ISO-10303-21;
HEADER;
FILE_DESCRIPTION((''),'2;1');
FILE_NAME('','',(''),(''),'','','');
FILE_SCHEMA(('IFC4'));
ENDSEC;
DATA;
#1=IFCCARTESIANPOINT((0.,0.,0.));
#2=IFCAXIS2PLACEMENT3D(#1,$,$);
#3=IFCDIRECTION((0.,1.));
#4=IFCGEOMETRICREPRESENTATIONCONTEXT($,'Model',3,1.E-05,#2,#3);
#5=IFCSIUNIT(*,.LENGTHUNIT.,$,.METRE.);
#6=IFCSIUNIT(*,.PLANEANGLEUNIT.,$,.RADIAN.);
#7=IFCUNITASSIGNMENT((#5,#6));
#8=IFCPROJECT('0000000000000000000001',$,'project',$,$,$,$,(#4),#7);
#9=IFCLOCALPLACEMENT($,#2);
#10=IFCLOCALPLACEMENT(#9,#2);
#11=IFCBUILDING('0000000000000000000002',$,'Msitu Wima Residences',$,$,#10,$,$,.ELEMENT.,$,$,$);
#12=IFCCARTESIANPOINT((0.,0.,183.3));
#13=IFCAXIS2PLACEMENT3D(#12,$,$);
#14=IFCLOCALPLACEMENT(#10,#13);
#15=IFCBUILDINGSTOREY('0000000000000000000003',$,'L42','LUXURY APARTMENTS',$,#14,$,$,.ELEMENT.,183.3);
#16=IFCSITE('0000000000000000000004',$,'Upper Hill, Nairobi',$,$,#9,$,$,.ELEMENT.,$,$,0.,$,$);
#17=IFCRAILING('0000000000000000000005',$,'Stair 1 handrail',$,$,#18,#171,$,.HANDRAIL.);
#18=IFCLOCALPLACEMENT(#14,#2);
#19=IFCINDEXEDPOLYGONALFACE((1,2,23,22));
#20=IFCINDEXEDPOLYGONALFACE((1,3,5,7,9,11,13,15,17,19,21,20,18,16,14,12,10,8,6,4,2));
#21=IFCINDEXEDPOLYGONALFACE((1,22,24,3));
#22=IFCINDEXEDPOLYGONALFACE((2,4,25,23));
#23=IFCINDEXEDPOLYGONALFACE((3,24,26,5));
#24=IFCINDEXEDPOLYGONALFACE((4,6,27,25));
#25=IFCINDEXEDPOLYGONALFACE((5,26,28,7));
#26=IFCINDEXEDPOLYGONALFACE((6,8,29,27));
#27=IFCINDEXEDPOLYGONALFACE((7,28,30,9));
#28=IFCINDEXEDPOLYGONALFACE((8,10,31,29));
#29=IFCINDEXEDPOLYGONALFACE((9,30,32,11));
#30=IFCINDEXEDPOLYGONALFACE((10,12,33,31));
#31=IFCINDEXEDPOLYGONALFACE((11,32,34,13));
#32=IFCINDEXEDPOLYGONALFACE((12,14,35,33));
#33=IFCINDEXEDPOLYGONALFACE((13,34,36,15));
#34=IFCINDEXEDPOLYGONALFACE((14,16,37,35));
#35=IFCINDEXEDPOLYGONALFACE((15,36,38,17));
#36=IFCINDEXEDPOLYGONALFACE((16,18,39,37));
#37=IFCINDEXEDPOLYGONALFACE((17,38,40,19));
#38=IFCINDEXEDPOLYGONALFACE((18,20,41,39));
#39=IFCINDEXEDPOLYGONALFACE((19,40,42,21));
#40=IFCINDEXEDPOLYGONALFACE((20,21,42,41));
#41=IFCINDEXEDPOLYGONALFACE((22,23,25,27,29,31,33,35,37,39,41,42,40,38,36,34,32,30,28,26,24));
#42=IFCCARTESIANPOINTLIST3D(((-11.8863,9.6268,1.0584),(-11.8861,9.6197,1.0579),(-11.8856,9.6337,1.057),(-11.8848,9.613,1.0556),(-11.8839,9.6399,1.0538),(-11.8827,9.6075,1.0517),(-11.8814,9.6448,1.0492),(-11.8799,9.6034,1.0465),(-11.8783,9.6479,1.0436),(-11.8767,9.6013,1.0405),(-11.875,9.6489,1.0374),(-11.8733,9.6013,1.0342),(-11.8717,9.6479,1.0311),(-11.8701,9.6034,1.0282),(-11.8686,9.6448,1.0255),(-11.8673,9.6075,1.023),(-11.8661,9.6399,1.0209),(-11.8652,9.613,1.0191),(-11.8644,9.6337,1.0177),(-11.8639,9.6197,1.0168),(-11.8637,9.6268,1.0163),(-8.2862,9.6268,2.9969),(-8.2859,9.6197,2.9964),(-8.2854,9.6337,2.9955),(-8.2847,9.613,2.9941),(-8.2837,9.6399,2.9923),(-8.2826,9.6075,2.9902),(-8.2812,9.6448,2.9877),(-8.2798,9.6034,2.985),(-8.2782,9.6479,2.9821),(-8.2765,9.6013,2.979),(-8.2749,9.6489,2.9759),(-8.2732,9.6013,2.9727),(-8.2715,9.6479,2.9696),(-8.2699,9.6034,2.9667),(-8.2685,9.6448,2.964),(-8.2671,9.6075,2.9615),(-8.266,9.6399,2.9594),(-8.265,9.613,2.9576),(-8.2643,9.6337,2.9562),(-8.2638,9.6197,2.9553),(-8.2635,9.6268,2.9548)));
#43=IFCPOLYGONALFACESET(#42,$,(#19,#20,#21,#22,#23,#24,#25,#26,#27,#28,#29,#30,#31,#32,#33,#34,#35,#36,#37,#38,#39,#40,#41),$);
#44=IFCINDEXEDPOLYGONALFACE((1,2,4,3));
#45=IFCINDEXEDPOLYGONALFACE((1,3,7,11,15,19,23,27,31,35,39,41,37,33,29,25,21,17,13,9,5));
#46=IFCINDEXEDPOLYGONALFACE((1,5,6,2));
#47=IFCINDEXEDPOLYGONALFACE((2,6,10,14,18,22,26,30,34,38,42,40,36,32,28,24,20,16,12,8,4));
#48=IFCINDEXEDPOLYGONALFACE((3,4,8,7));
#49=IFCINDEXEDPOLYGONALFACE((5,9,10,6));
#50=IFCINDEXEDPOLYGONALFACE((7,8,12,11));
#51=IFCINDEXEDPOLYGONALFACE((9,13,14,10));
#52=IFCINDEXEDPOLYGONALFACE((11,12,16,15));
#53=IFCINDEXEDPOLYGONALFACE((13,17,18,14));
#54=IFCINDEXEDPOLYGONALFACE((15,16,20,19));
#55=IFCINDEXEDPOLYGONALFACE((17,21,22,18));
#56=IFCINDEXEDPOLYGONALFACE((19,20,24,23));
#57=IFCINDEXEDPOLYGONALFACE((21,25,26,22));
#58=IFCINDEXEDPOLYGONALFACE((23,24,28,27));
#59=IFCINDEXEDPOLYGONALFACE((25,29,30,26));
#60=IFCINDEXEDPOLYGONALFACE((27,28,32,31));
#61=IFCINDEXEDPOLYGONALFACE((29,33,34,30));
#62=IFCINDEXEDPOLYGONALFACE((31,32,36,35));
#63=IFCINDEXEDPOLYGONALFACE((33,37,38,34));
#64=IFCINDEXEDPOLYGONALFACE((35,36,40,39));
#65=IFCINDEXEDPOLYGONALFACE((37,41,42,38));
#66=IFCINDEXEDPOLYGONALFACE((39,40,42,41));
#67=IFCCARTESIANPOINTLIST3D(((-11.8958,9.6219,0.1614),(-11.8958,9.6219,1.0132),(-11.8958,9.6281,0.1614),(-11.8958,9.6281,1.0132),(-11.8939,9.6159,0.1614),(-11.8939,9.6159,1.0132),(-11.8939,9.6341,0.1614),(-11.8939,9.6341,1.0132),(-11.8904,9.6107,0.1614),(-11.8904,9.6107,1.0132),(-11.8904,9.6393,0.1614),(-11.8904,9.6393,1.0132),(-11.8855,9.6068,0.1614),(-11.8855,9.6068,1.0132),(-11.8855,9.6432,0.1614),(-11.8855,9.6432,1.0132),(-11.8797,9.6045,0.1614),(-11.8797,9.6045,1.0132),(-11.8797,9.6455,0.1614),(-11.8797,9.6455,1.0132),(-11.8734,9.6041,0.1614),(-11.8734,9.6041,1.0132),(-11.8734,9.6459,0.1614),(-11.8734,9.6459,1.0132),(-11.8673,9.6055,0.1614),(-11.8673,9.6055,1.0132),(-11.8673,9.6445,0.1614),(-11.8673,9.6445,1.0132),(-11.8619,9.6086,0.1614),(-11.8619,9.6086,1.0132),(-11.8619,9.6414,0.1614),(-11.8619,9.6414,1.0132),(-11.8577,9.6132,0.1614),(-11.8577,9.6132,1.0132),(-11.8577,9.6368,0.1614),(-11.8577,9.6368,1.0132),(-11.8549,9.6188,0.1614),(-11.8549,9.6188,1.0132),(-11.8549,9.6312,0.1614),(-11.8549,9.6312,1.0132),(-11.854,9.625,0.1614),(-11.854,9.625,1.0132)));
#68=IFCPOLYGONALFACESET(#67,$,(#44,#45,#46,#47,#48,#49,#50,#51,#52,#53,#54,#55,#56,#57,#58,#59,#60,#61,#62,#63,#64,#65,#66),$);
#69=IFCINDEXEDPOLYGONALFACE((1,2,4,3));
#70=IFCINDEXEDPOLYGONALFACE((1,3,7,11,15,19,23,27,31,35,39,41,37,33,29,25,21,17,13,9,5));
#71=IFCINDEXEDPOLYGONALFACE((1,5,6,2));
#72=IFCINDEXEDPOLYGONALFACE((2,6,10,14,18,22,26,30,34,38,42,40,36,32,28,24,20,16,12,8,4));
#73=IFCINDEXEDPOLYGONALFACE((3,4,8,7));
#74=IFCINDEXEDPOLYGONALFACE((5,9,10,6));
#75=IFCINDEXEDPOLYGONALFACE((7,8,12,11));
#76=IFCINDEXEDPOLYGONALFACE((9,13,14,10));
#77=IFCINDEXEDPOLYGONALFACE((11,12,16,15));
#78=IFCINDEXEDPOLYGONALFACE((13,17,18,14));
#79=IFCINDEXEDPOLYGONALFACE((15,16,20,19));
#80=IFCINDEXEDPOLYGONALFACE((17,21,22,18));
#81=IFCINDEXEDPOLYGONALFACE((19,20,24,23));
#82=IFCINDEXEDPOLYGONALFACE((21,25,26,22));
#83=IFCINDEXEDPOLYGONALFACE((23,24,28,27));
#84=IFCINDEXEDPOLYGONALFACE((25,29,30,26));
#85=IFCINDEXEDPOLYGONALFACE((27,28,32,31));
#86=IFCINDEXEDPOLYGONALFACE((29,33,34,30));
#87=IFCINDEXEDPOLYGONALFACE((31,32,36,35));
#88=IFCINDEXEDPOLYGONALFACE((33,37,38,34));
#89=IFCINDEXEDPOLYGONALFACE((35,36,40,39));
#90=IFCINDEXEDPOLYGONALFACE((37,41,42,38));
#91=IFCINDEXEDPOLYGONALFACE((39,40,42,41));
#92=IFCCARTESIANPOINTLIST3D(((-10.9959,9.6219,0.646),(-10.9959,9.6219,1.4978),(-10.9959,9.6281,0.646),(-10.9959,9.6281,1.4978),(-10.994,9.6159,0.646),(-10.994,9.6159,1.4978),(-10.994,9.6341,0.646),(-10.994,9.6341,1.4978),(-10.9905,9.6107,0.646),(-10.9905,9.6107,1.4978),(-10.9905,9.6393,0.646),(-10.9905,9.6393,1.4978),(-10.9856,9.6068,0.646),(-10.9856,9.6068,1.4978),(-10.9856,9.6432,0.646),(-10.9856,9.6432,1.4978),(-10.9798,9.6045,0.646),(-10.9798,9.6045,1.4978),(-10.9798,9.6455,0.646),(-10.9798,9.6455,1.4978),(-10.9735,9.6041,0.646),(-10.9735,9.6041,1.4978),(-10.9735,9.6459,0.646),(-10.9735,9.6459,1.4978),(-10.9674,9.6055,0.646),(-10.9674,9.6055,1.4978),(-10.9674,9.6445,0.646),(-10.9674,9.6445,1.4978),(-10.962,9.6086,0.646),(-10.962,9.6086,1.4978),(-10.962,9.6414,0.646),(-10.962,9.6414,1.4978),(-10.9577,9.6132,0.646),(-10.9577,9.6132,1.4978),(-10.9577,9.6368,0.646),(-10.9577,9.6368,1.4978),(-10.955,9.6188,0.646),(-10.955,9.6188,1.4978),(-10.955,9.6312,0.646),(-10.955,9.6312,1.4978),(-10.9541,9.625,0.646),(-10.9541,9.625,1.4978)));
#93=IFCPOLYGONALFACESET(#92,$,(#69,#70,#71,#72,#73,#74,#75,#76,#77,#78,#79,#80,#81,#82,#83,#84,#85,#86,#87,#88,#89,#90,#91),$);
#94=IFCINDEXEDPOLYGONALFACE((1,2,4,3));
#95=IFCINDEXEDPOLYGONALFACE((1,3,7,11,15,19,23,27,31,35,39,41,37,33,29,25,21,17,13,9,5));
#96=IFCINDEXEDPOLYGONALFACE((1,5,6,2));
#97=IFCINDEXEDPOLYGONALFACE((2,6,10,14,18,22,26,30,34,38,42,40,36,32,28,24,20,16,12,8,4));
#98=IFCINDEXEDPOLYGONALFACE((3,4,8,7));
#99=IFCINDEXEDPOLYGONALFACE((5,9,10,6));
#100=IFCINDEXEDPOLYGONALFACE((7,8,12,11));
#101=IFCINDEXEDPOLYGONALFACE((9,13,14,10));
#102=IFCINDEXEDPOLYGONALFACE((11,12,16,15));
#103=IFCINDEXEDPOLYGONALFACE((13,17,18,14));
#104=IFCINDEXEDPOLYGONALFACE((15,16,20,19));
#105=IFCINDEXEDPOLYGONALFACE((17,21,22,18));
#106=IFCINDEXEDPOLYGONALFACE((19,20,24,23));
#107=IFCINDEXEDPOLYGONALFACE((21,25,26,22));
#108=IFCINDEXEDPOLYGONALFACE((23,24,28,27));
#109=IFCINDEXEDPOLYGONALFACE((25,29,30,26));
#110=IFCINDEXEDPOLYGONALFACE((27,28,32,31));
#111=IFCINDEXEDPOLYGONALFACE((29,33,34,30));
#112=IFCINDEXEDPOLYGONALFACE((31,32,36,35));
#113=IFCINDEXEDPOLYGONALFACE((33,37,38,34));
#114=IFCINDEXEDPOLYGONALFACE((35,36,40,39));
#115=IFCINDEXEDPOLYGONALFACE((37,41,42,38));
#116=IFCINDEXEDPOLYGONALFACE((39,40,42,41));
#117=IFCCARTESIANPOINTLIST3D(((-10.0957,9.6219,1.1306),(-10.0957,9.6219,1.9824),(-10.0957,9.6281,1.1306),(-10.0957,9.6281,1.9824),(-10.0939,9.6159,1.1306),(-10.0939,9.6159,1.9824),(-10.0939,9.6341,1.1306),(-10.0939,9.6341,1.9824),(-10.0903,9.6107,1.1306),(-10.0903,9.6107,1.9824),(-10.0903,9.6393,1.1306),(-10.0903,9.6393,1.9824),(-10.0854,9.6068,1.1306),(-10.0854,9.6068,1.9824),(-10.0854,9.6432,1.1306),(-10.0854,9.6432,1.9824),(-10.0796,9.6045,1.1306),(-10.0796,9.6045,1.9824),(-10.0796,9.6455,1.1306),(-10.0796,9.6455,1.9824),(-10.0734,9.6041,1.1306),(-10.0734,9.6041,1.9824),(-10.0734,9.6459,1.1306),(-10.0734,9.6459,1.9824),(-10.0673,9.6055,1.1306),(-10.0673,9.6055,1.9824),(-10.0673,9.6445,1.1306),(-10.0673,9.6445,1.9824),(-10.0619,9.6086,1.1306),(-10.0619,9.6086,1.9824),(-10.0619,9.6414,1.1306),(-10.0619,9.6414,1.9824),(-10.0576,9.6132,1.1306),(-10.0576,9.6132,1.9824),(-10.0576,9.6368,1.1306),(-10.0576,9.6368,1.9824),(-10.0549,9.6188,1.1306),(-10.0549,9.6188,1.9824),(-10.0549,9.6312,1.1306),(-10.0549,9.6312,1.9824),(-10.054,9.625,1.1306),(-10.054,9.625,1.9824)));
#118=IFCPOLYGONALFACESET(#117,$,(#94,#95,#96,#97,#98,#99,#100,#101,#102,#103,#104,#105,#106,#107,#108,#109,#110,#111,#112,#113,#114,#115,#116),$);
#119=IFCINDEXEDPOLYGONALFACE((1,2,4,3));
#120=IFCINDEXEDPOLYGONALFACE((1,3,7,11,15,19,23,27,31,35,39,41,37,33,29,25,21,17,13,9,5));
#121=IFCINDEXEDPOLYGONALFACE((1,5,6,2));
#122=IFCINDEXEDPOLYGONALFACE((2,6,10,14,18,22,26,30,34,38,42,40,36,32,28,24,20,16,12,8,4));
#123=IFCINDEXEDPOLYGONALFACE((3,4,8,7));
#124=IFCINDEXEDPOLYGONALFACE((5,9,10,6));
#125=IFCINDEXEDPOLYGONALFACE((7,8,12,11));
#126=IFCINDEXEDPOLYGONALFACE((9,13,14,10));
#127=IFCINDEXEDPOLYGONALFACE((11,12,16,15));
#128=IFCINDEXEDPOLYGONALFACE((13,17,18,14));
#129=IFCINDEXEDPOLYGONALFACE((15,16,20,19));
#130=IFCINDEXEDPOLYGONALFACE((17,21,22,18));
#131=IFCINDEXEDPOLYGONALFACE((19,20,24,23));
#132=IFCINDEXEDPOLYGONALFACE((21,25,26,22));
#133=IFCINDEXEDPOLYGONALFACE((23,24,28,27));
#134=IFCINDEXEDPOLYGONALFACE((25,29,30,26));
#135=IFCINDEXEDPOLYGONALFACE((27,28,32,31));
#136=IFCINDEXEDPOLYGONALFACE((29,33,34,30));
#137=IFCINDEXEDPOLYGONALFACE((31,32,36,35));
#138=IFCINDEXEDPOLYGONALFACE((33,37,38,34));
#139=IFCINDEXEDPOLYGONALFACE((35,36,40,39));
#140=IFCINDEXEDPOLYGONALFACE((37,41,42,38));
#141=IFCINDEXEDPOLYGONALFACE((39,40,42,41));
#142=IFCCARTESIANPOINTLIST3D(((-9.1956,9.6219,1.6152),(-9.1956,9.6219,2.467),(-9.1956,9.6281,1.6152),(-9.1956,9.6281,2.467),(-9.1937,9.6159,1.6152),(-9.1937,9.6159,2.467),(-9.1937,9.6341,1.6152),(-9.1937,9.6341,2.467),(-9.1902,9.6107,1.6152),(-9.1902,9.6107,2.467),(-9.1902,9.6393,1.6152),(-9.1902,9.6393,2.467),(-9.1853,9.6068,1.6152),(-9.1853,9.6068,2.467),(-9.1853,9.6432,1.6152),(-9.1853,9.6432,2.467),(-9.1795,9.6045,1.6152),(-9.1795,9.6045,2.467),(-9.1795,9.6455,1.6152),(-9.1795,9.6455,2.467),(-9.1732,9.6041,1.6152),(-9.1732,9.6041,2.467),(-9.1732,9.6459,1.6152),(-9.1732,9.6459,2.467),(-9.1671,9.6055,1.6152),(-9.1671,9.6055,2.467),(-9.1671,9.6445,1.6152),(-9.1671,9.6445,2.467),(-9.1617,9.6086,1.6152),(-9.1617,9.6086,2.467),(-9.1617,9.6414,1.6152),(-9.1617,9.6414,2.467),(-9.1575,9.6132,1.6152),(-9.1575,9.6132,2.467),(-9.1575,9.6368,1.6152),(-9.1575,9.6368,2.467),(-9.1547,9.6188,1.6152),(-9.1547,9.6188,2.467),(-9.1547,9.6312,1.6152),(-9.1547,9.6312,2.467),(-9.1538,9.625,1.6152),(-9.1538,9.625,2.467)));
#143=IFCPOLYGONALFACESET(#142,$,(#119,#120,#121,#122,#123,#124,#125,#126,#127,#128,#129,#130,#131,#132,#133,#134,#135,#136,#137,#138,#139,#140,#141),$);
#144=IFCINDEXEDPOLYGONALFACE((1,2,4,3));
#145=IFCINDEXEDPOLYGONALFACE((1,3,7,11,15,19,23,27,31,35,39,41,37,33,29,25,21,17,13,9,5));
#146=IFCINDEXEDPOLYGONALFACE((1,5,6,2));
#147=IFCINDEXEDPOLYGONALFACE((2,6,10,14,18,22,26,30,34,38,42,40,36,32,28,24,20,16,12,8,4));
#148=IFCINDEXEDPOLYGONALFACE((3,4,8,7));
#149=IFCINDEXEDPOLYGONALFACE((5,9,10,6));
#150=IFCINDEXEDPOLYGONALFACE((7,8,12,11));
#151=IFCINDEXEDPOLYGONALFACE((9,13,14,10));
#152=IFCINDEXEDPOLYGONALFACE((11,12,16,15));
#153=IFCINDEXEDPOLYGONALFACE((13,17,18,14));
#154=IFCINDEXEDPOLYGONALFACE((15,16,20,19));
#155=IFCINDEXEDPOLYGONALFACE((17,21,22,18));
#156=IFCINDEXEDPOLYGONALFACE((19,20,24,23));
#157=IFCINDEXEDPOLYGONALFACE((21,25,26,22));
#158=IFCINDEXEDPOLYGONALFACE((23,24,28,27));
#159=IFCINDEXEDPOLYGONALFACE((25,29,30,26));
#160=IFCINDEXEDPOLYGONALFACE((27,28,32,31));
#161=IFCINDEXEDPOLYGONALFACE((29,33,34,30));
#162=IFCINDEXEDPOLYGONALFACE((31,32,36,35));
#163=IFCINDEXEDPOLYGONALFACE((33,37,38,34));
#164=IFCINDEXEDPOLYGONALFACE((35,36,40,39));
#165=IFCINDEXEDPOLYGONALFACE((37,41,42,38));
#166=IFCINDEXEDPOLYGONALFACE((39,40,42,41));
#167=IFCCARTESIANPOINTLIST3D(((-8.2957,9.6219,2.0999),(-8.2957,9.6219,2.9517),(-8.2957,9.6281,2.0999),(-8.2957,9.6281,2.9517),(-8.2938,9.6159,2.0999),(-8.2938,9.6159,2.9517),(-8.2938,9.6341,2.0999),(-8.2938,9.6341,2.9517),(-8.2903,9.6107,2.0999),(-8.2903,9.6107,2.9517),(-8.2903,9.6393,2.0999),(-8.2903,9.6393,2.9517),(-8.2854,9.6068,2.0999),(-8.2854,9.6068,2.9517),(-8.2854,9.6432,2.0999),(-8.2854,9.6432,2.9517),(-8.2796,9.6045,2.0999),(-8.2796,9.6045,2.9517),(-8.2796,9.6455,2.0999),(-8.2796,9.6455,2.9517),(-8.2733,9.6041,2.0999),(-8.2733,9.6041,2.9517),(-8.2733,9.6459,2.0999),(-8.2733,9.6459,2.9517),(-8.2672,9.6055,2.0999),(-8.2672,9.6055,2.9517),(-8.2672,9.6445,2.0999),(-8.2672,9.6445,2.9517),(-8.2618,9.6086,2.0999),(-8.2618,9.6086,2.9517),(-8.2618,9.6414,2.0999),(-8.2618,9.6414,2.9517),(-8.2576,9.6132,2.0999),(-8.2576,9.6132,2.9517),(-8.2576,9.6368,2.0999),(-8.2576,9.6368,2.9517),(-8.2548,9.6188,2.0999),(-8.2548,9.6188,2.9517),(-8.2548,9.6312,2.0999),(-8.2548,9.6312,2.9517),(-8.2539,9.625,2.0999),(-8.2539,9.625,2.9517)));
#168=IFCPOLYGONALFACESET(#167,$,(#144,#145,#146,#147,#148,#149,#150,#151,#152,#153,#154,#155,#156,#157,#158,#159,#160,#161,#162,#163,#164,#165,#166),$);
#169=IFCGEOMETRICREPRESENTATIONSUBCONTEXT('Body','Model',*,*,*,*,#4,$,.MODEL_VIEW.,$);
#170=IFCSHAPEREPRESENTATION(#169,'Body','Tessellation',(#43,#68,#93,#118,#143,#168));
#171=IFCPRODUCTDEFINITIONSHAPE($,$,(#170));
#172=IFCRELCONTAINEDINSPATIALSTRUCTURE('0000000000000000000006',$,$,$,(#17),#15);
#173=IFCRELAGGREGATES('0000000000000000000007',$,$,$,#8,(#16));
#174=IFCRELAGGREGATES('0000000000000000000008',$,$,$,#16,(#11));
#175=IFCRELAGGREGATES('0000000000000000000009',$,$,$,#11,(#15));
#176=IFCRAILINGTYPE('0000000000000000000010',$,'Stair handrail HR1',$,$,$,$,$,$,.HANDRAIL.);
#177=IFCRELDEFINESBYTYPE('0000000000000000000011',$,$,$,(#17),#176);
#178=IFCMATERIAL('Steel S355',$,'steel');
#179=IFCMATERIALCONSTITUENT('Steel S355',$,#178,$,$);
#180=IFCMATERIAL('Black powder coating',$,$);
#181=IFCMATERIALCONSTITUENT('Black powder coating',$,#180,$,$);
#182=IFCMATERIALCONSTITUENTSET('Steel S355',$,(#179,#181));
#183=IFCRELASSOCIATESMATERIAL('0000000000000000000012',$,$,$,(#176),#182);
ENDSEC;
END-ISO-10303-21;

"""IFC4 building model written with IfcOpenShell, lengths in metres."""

from ifc_helpers import new_model, si_unit, direction, frame, origin, origin_2d, place, context, subcontext, project, spatial, circle, extrude, material, constituent, constituent_set, type_object, element, save


model = new_model("IFC4")

# Units and contexts
model_context = context("Model", 3, precision=1e-05, world=origin(), true_north=direction((0.0, 1.0)))
body_context = subcontext(model_context, "Body", "Model", "MODEL_VIEW")
ifc_project = project(units=[si_unit("LENGTHUNIT", "METRE"), si_unit("PLANEANGLEUNIT", "RADIAN")], contexts=[model_context])

# Site, building, storey
site_placement = place(None, origin())
site = spatial("IfcSite", under=ifc_project, at=site_placement, Name="Upper Hill, Nairobi", CompositionType="ELEMENT", RefElevation=0.0)
building_placement = place(site_placement, origin())
building = spatial("IfcBuilding", under=site, at=building_placement, Name="Msitu Wima Residences", CompositionType="ELEMENT")
storey_placement = place(building_placement, frame((0.0, 0.0, 183.3)))
storey = spatial("IfcBuildingStorey", under=building, at=storey_placement, Name="L42", Description="LUXURY APARTMENTS", CompositionType="ELEMENT", Elevation=183.3)

# Railing
ifc_material_1 = material(Name="Steel S355", Category="steel")
ifc_constituent_1 = constituent(ifc_material_1, Name="Steel S355")
ifc_material_2 = material(Name="Black powder coating")
ifc_constituent_2 = constituent(ifc_material_2, Name="Black powder coating")
ifc_constituent_set = constituent_set(constituents=[ifc_constituent_1, ifc_constituent_2], Name="Steel S355")
railing_type = type_object("IfcRailingType", Name="Stair handrail HR1", PredefinedType="HANDRAIL", material=ifc_constituent_set)
for number, where, name in (
    (1, (-11.875, 9.625, 0.1614), "Stair 1 handrail"),
):
    element("IfcRailing", number, at=place(storey_placement, frame(where)), inside=storey, type_object=railing_type, Name=name, PredefinedType="HANDRAIL", context=body_context, shape_type="SweptSolid", body=[
        extrude(circle(Radius=0.0239, at=origin_2d()), frame((0.0, 0.0, 0.876), z_axis=(0.880475, 0.0, 0.474093), x_axis=(0.0, 1.0, 0.0)), (0.0, 0.0, 1.0), 4.0889),
        extrude(circle(Radius=0.021, at=origin_2d()), origin(), (0.0, 0.0, 1.0), 0.8518),
        extrude(circle(Radius=0.021, at=origin_2d()), frame((0.8999, 0.0, 0.4846)), (0.0, 0.0, 1.0), 0.8518),
        extrude(circle(Radius=0.021, at=origin_2d()), frame((1.8, 0.0, 0.9692)), (0.0, 0.0, 1.0), 0.8518),
        extrude(circle(Radius=0.021, at=origin_2d()), frame((2.7002, 0.0, 1.4539)), (0.0, 0.0, 1.0), 0.8518),
        extrude(circle(Radius=0.021, at=origin_2d()), frame((3.6001, 0.0, 1.9385)), (0.0, 0.0, 1.0), 0.8518),
    ])

save(model, "model.ifc")
